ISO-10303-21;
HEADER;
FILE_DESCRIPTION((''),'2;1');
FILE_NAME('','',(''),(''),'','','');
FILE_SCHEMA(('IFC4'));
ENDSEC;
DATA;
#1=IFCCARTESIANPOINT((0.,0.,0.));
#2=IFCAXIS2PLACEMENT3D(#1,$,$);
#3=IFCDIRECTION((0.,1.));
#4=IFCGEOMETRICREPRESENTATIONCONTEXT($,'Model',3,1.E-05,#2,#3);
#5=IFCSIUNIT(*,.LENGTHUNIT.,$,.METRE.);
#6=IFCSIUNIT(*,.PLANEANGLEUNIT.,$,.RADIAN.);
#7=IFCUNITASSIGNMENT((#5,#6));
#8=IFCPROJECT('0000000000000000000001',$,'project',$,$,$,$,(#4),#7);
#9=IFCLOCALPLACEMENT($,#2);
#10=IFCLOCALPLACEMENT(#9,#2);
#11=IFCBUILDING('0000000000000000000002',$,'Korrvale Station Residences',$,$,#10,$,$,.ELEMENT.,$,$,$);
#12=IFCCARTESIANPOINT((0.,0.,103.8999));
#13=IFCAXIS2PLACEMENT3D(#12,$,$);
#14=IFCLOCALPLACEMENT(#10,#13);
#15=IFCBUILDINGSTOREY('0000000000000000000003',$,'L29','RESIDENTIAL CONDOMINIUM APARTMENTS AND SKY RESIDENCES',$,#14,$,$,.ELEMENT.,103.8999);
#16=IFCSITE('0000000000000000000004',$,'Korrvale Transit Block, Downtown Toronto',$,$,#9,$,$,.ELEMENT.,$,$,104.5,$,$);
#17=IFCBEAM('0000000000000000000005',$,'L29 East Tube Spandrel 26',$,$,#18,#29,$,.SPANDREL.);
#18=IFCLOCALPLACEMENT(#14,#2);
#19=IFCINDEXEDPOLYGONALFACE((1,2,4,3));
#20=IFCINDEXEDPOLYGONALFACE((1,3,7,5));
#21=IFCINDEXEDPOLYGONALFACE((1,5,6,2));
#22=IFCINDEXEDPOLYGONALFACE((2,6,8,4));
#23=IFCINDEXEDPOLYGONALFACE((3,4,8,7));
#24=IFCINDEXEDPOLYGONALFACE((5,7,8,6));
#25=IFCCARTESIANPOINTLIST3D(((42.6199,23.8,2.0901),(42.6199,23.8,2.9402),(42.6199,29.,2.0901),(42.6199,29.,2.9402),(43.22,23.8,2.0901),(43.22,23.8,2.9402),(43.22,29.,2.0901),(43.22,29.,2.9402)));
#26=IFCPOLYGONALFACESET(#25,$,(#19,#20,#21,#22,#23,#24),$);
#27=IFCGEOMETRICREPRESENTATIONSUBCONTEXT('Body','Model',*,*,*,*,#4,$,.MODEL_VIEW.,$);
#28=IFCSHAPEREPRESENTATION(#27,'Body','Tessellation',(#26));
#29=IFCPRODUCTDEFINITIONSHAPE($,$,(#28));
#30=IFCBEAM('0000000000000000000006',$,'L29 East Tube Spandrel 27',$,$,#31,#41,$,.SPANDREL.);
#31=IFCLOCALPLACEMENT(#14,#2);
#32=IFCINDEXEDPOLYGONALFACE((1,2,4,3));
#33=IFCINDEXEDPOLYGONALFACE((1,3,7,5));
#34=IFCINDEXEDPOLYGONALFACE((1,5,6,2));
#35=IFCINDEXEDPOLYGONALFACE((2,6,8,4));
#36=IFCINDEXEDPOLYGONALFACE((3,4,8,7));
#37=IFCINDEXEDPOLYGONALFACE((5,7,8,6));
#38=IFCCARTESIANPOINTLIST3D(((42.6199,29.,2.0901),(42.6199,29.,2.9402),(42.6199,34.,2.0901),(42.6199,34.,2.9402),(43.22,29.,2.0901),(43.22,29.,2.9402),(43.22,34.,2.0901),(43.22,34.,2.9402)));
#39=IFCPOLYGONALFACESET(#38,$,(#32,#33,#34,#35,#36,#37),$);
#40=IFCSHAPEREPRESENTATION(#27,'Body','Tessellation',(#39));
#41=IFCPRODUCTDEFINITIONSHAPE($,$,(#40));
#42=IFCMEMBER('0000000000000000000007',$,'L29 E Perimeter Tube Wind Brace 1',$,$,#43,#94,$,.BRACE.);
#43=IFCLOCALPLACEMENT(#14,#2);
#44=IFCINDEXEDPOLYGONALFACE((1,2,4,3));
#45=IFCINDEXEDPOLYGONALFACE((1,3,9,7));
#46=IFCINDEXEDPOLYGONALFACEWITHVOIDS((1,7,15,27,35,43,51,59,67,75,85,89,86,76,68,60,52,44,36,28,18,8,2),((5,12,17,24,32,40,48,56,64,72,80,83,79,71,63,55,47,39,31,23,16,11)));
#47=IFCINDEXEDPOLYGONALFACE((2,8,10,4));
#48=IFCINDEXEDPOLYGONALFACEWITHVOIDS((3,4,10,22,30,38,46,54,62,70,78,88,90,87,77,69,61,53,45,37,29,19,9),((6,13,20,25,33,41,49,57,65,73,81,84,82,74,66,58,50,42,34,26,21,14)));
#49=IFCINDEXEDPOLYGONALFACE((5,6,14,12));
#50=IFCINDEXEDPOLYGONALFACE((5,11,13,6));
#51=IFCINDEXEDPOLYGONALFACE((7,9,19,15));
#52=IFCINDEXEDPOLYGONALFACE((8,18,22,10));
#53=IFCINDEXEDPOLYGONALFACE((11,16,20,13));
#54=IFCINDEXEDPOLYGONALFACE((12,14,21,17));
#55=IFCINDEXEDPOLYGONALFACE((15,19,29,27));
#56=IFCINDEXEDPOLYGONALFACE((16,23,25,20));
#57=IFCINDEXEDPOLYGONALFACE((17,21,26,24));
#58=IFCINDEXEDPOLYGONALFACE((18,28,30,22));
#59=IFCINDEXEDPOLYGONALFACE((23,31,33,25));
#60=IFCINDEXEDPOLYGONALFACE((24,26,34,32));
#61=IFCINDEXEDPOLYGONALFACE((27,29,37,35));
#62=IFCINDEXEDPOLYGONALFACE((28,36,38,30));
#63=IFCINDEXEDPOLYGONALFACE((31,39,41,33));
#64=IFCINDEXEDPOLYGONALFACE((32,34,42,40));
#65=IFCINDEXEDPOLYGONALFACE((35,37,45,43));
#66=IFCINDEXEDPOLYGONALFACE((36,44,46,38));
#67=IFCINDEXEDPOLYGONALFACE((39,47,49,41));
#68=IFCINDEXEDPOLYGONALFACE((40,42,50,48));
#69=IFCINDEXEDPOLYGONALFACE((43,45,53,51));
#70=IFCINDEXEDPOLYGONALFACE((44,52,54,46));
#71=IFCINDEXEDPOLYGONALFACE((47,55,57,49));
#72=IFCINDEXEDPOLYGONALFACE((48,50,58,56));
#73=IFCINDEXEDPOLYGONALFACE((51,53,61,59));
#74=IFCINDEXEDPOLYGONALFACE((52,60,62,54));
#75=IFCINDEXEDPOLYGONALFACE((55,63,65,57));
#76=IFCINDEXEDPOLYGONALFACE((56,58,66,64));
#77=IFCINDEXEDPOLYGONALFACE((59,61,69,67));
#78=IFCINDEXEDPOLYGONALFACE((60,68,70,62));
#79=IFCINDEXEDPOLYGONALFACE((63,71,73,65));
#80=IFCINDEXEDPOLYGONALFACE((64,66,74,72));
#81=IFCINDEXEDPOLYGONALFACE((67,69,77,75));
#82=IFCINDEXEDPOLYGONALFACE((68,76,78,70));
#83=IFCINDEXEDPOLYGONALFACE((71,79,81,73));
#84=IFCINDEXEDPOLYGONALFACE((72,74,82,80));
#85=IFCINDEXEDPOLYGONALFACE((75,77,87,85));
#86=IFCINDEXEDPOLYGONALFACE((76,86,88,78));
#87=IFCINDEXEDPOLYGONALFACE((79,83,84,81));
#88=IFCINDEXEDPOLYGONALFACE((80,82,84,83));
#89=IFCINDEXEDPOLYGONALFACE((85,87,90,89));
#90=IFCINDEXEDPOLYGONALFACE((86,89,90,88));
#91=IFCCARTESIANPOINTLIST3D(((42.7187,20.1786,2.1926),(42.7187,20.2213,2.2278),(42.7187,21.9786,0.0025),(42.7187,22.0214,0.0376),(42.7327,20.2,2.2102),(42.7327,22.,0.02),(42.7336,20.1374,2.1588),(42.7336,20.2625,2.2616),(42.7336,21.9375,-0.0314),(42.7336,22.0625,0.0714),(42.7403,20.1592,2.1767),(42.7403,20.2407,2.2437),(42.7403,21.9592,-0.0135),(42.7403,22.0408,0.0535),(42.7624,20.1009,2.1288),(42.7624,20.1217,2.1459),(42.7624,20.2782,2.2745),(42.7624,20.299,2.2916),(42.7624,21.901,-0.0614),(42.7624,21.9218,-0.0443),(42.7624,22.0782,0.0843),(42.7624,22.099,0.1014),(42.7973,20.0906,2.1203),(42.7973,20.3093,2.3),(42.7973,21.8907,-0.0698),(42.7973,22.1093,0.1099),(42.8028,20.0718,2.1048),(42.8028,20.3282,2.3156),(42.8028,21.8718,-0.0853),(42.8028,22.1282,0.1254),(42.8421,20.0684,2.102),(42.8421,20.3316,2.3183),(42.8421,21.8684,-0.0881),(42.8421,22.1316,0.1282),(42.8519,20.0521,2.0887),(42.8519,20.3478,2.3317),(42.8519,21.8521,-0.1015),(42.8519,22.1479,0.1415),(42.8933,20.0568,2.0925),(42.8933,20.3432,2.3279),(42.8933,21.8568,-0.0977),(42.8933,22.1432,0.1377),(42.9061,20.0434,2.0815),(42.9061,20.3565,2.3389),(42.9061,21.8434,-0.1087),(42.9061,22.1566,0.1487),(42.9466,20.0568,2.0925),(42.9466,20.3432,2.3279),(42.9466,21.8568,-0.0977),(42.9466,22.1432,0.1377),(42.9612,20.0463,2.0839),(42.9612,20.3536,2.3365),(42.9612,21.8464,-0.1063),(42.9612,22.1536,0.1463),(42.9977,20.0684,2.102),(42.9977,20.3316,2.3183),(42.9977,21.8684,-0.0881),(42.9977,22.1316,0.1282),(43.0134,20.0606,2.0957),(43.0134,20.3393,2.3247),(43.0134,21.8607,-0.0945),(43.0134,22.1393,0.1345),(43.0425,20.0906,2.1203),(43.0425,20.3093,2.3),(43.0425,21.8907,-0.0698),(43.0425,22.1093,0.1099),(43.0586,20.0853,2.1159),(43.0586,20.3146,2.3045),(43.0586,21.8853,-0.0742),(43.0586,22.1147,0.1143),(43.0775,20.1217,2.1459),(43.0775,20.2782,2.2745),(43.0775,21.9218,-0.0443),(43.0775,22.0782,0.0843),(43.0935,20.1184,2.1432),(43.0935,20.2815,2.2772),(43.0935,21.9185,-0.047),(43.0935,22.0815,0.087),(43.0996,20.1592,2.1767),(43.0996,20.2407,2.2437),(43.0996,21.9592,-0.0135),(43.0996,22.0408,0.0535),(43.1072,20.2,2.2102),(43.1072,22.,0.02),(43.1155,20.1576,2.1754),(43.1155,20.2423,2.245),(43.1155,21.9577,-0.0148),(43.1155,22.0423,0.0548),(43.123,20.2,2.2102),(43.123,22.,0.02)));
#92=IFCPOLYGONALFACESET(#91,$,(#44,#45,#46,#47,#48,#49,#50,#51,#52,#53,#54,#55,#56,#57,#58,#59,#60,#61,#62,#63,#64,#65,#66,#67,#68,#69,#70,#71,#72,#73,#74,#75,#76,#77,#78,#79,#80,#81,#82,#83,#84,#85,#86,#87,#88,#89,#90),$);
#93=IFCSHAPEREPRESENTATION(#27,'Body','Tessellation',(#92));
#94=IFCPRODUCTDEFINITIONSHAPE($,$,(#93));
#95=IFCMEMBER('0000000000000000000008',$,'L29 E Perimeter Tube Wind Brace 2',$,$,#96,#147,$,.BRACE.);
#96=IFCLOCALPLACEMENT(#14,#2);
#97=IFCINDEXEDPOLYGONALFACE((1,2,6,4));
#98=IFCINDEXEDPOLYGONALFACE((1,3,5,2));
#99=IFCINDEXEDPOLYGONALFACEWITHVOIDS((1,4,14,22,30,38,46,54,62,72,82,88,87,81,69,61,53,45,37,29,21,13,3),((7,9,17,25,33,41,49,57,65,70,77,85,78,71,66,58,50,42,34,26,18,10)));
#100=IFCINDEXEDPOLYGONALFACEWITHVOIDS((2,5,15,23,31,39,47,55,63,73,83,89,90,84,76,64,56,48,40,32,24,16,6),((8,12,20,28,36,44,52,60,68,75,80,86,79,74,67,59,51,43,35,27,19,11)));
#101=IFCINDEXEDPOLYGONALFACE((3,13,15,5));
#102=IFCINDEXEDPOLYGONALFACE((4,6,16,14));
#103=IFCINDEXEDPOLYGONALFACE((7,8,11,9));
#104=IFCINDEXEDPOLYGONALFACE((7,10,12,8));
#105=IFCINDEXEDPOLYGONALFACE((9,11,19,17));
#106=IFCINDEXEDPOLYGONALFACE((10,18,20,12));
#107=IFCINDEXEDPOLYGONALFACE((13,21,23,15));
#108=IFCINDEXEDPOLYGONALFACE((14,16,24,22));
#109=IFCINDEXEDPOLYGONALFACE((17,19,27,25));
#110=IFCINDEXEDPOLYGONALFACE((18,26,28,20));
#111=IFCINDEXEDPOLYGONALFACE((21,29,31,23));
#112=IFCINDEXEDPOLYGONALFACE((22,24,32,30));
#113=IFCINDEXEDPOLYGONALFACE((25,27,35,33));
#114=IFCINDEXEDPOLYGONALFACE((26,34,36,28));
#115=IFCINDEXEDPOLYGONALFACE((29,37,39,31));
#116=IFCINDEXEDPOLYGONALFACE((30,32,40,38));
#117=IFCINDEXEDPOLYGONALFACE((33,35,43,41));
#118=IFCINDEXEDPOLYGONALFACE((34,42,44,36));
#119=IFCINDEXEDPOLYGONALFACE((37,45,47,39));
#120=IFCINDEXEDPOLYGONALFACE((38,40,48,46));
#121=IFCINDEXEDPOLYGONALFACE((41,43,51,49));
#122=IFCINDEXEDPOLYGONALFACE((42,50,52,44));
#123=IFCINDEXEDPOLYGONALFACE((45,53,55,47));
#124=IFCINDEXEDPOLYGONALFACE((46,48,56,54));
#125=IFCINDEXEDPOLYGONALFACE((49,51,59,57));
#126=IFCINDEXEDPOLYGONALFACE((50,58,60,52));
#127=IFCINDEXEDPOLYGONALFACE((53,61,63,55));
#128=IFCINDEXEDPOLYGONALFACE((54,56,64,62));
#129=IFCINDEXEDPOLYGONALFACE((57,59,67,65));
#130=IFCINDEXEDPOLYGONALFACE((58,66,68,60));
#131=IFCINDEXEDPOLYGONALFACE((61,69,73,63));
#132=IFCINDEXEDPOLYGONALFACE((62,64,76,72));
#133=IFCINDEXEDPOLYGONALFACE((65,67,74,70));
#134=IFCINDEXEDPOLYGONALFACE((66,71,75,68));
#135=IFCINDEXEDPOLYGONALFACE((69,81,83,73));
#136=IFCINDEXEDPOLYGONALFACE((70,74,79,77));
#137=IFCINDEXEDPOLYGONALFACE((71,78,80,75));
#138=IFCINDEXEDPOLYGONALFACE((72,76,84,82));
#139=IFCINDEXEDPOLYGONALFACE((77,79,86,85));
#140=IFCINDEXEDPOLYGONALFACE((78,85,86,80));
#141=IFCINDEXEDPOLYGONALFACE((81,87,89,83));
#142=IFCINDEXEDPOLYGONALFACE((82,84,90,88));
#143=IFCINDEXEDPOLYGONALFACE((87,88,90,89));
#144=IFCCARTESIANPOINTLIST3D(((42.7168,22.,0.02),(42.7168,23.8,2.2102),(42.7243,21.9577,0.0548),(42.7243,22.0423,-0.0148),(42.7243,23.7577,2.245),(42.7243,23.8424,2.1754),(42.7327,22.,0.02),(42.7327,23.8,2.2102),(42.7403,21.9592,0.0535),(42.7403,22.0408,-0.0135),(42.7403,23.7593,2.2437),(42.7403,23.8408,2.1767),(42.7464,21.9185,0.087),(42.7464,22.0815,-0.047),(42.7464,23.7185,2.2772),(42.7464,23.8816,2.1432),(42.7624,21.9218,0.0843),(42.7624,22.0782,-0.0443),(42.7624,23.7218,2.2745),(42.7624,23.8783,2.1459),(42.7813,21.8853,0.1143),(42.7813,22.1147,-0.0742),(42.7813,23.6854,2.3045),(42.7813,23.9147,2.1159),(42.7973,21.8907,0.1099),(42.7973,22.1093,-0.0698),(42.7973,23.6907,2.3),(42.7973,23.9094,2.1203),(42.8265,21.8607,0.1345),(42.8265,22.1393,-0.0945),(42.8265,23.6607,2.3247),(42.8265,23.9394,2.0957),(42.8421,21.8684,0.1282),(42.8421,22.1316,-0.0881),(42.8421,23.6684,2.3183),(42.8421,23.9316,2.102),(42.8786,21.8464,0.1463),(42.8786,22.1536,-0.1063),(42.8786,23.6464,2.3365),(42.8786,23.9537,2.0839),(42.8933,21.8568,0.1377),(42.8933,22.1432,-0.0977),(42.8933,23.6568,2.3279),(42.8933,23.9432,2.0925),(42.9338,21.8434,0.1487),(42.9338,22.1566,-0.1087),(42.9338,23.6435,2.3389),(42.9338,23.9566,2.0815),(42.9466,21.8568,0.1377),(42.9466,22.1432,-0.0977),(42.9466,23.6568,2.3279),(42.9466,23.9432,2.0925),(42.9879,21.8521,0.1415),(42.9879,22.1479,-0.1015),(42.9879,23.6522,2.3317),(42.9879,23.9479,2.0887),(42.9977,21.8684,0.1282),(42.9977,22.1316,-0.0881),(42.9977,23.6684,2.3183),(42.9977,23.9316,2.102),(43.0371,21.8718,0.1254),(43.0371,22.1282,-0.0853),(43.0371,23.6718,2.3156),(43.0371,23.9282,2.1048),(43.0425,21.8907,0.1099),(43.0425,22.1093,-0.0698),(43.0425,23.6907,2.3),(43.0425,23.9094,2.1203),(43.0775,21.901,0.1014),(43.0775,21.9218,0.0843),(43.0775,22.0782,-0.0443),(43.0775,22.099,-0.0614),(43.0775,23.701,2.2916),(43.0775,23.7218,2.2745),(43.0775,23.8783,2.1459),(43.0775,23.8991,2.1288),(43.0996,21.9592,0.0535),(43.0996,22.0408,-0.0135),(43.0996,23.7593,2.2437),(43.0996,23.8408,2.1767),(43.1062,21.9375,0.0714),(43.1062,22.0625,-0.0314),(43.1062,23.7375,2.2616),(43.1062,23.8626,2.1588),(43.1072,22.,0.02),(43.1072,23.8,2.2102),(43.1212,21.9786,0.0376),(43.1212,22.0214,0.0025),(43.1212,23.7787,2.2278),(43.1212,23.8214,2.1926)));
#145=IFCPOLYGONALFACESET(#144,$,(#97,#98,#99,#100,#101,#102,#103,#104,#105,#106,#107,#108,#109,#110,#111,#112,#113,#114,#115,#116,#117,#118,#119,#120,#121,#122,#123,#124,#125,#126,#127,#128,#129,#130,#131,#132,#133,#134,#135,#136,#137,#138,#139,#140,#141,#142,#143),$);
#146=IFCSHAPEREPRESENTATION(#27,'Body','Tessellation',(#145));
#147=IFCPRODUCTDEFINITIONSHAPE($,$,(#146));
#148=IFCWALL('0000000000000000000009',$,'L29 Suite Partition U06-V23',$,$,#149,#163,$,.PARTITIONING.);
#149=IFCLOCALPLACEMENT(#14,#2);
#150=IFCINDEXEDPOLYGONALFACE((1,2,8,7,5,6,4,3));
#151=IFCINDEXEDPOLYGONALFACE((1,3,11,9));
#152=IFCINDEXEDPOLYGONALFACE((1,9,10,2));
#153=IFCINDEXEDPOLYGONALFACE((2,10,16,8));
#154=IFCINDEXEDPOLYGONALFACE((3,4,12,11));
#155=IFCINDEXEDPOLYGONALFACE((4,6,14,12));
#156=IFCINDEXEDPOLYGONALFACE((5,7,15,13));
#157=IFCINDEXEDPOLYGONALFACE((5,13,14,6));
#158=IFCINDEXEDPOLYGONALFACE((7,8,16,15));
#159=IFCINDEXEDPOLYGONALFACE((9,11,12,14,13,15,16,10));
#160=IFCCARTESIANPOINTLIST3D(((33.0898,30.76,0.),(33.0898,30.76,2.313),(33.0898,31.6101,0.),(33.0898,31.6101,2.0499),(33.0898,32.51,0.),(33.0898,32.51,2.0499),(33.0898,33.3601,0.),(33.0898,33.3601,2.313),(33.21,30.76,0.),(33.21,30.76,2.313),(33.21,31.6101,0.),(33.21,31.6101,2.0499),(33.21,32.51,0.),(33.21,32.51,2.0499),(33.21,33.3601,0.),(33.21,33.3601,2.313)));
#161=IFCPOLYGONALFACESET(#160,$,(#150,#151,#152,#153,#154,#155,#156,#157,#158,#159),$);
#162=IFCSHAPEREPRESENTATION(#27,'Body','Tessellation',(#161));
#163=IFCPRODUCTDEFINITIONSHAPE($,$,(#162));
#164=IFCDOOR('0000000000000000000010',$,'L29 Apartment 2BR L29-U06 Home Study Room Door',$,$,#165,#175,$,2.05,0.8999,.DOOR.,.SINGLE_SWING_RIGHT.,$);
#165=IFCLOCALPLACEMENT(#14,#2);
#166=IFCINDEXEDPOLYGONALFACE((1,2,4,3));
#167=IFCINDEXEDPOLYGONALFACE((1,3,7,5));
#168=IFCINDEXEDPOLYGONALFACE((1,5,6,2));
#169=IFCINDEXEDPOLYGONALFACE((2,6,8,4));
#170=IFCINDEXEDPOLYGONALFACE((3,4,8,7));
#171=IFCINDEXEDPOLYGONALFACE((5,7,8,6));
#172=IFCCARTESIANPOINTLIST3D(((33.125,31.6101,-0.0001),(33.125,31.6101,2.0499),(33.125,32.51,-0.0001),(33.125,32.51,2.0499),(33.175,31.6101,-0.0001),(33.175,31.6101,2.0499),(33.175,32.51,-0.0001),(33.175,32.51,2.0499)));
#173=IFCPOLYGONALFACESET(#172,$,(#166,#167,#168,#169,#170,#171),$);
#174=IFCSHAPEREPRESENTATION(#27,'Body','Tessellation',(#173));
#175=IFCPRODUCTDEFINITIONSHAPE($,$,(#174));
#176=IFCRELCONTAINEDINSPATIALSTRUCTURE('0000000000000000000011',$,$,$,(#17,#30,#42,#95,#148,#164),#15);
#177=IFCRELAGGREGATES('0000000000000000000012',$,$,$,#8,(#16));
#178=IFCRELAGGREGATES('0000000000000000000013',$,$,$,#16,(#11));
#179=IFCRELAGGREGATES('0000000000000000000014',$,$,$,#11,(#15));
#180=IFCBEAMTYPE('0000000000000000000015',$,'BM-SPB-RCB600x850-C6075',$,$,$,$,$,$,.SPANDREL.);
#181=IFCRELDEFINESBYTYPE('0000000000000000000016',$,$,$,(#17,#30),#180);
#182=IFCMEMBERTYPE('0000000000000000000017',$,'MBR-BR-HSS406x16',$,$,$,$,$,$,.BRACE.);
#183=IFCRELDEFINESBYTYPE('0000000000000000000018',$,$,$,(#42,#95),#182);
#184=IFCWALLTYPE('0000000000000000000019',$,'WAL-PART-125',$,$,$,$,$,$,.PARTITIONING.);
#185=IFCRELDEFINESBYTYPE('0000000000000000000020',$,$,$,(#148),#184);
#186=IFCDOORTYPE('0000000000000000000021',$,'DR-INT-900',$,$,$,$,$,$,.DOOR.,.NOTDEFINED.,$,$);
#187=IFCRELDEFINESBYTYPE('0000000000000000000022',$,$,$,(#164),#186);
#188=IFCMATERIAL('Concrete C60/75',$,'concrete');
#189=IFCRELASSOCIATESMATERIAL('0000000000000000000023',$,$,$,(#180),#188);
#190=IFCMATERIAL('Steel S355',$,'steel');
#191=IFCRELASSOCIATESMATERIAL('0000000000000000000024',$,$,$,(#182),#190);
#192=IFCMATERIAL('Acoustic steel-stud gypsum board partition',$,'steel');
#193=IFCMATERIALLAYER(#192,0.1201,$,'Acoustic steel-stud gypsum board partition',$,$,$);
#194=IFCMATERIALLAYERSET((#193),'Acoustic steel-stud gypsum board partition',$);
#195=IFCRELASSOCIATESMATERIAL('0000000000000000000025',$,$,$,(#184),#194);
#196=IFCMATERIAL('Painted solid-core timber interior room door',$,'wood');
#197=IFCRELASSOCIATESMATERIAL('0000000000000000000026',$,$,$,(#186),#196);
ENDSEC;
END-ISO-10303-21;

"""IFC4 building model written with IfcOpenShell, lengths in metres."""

from ifc_helpers import new_model, si_unit, direction, frame, frame_2d, origin, origin_2d, place, context, subcontext, project, spatial, rectangle, hollow_circle, extrude, material, layer, layer_set, material_profile, profile_set, type_object, element, fill, save


model = new_model("IFC4")

# Units and contexts
model_context = context("Model", 3, precision=1e-05, world=origin(), true_north=direction((0.0, 1.0)))
body_context = subcontext(model_context, "Body", "Model", "MODEL_VIEW")
ifc_project = project(units=[si_unit("LENGTHUNIT", "METRE"), si_unit("PLANEANGLEUNIT", "RADIAN")], contexts=[model_context])

# Site, building, storey
site_placement = place(None, origin())
site = spatial("IfcSite", under=ifc_project, at=site_placement, Name="Korrvale Transit Block, Downtown Toronto", CompositionType="ELEMENT", RefElevation=104.5)
building_placement = place(site_placement, origin())
building = spatial("IfcBuilding", under=site, at=building_placement, Name="Korrvale Station Residences", CompositionType="ELEMENT")
storey_placement = place(building_placement, frame((0.0, 0.0, 103.8999)))
storey = spatial("IfcBuildingStorey", under=building, at=storey_placement, Name="L29", Description="RESIDENTIAL CONDOMINIUM APARTMENTS AND SKY RESIDENCES", CompositionType="ELEMENT", Elevation=103.8999)

# Shared definitions
ifc_material_1 = material(Name="Concrete C60/75", Category="concrete")

# Beams
ifc_material_2 = material(Name="Steel S355", Category="steel")
ifc_material_profile_1 = material_profile(ifc_material_1, rectangle(XDim=0.6001, YDim=0.8501, at=origin_2d()), Name="RCB600x850")
ifc_profile_set_1 = profile_set([ifc_material_profile_1], Name="Concrete C60/75")
beam_type_1 = type_object("IfcBeamType", Name="BM-SPB-RCB600x850-C6075", PredefinedType="SPANDREL", material=ifc_profile_set_1)
beam_1_placement = place(storey_placement, frame((42.9199, 23.8, 2.5151), z_axis=(0.0, 1.0, 0.0), x_axis=(-1.0, 0.0, 0.0)))
element("IfcBeam", 1, at=beam_1_placement, inside=storey, type_object=beam_type_1, Name="L29 East Tube Spandrel 26", PredefinedType="SPANDREL", context=body_context, shape_type="SweptSolid", body=[
    extrude(rectangle(XDim=0.6001, YDim=0.8501, at=origin_2d()), origin(), (0.0, 0.0, 1.0), 5.2),
])
beam_2_placement = place(storey_placement, frame((42.9199, 29.0, 2.5151), z_axis=(0.0, 1.0, 0.0), x_axis=(-1.0, 0.0, 0.0)))
element("IfcBeam", 2, at=beam_2_placement, inside=storey, type_object=beam_type_1, Name="L29 East Tube Spandrel 27", PredefinedType="SPANDREL", context=body_context, shape_type="SweptSolid", body=[
    extrude(rectangle(XDim=0.6001, YDim=0.8501, at=origin_2d()), origin(), (0.0, 0.0, 1.0), 5.0),
])

# Members
ifc_material_profile_2 = material_profile(ifc_material_2, hollow_circle(Radius=0.2031, WallThickness=0.0159, at=origin_2d()), Name="HSS406x16")
ifc_profile_set_2 = profile_set([ifc_material_profile_2], Name="Steel S355")
member_type = type_object("IfcMemberType", Name="MBR-BR-HSS406x16", PredefinedType="BRACE", material=ifc_profile_set_2)
for number, where, z_axis, x_axis, name in (
    (3, (42.9199, 22.0, 0.02), (0.0, -0.634943, 0.772559), (1.0, 0.0, 0.0), "L29 E Perimeter Tube Wind Brace 1"),
    (4, (42.9199, 22.0, 0.02), (0.0, 0.634943, 0.772559), (-1.0, 0.0, 0.0), "L29 E Perimeter Tube Wind Brace 2"),
):
    element("IfcMember", number, at=place(storey_placement, frame(where, z_axis=z_axis, x_axis=x_axis)), inside=storey, type_object=member_type, Name=name, PredefinedType="BRACE", context=body_context, shape_type="SweptSolid", body=[
        extrude(hollow_circle(Radius=0.2031, WallThickness=0.0159, at=origin_2d()), origin(), (0.0, 0.0, 1.0), 2.835),
    ])

# Wall, opening, door
ifc_material_3 = material(Name="Acoustic steel-stud gypsum board partition", Category="steel")
ifc_layer_1 = layer(ifc_material_3, 0.1201, Name="Acoustic steel-stud gypsum board partition")
ifc_layer_set_1 = layer_set([ifc_layer_1], Name="Acoustic steel-stud gypsum board partition")
wall_type_1 = type_object("IfcWallType", Name="WAL-PART-125", PredefinedType="PARTITIONING", material=ifc_layer_set_1)
wall_1_placement = place(storey_placement, frame((33.1499, 30.76, 0.0), z_axis=(0.0, 0.0, 1.0), x_axis=(0.0, 1.0, 0.0)))
wall_1 = element("IfcWall", 5, at=wall_1_placement, inside=storey, type_object=wall_type_1, Name="L29 Suite Partition U06-V23", PredefinedType="PARTITIONING", context=body_context, shape_type="SweptSolid", body=[
    extrude(rectangle(XDim=2.6001, YDim=0.1201, at=frame_2d((1.3, 0.0))), origin(), (0.0, 0.0, 1.0), 2.313),
])
opening_1_placement = place(wall_1_placement, frame((0.8501, 0.0, 0.0)))
opening_1 = element("IfcOpeningElement", 6, at=opening_1_placement, cuts=wall_1, PredefinedType="OPENING", context=body_context, shape_type="SweptSolid", body=[
    extrude(rectangle(XDim=0.8999, YDim=2.05, at=frame_2d((0.45, 1.0249))), frame((0.0, 0.0701, 0.0), z_axis=(0.0, -1.0, 0.0), x_axis=(1.0, 0.0, 0.0)), (0.0, 0.0, 1.0), 0.1401),
])
ifc_material_4 = material(Name="Painted solid-core timber interior room door", Category="wood")
door_type_1 = type_object("IfcDoorType", Name="DR-INT-900", OperationType="NOTDEFINED", PredefinedType="DOOR", material=ifc_material_4)
door_1_placement = place(opening_1_placement, origin())
door_1 = element("IfcDoor", 7, at=door_1_placement, inside=storey, type_object=door_type_1, Name="L29 Apartment 2BR L29-U06 Home Study Room Door", OperationType="SINGLE_SWING_RIGHT", OverallHeight=2.05, OverallWidth=0.8999, PredefinedType="DOOR", context=body_context, shape_type="SweptSolid", body=[
    extrude(rectangle(XDim=0.8999, YDim=2.05, at=frame_2d((0.45, 1.0249))), frame((0.0, 0.0249, 0.0), z_axis=(0.0, -1.0, 0.0), x_axis=(1.0, 0.0, 0.0)), (0.0, 0.0, 1.0), 0.05),
])
fill(opening_1, door_1)

save(model, "model.ifc")
